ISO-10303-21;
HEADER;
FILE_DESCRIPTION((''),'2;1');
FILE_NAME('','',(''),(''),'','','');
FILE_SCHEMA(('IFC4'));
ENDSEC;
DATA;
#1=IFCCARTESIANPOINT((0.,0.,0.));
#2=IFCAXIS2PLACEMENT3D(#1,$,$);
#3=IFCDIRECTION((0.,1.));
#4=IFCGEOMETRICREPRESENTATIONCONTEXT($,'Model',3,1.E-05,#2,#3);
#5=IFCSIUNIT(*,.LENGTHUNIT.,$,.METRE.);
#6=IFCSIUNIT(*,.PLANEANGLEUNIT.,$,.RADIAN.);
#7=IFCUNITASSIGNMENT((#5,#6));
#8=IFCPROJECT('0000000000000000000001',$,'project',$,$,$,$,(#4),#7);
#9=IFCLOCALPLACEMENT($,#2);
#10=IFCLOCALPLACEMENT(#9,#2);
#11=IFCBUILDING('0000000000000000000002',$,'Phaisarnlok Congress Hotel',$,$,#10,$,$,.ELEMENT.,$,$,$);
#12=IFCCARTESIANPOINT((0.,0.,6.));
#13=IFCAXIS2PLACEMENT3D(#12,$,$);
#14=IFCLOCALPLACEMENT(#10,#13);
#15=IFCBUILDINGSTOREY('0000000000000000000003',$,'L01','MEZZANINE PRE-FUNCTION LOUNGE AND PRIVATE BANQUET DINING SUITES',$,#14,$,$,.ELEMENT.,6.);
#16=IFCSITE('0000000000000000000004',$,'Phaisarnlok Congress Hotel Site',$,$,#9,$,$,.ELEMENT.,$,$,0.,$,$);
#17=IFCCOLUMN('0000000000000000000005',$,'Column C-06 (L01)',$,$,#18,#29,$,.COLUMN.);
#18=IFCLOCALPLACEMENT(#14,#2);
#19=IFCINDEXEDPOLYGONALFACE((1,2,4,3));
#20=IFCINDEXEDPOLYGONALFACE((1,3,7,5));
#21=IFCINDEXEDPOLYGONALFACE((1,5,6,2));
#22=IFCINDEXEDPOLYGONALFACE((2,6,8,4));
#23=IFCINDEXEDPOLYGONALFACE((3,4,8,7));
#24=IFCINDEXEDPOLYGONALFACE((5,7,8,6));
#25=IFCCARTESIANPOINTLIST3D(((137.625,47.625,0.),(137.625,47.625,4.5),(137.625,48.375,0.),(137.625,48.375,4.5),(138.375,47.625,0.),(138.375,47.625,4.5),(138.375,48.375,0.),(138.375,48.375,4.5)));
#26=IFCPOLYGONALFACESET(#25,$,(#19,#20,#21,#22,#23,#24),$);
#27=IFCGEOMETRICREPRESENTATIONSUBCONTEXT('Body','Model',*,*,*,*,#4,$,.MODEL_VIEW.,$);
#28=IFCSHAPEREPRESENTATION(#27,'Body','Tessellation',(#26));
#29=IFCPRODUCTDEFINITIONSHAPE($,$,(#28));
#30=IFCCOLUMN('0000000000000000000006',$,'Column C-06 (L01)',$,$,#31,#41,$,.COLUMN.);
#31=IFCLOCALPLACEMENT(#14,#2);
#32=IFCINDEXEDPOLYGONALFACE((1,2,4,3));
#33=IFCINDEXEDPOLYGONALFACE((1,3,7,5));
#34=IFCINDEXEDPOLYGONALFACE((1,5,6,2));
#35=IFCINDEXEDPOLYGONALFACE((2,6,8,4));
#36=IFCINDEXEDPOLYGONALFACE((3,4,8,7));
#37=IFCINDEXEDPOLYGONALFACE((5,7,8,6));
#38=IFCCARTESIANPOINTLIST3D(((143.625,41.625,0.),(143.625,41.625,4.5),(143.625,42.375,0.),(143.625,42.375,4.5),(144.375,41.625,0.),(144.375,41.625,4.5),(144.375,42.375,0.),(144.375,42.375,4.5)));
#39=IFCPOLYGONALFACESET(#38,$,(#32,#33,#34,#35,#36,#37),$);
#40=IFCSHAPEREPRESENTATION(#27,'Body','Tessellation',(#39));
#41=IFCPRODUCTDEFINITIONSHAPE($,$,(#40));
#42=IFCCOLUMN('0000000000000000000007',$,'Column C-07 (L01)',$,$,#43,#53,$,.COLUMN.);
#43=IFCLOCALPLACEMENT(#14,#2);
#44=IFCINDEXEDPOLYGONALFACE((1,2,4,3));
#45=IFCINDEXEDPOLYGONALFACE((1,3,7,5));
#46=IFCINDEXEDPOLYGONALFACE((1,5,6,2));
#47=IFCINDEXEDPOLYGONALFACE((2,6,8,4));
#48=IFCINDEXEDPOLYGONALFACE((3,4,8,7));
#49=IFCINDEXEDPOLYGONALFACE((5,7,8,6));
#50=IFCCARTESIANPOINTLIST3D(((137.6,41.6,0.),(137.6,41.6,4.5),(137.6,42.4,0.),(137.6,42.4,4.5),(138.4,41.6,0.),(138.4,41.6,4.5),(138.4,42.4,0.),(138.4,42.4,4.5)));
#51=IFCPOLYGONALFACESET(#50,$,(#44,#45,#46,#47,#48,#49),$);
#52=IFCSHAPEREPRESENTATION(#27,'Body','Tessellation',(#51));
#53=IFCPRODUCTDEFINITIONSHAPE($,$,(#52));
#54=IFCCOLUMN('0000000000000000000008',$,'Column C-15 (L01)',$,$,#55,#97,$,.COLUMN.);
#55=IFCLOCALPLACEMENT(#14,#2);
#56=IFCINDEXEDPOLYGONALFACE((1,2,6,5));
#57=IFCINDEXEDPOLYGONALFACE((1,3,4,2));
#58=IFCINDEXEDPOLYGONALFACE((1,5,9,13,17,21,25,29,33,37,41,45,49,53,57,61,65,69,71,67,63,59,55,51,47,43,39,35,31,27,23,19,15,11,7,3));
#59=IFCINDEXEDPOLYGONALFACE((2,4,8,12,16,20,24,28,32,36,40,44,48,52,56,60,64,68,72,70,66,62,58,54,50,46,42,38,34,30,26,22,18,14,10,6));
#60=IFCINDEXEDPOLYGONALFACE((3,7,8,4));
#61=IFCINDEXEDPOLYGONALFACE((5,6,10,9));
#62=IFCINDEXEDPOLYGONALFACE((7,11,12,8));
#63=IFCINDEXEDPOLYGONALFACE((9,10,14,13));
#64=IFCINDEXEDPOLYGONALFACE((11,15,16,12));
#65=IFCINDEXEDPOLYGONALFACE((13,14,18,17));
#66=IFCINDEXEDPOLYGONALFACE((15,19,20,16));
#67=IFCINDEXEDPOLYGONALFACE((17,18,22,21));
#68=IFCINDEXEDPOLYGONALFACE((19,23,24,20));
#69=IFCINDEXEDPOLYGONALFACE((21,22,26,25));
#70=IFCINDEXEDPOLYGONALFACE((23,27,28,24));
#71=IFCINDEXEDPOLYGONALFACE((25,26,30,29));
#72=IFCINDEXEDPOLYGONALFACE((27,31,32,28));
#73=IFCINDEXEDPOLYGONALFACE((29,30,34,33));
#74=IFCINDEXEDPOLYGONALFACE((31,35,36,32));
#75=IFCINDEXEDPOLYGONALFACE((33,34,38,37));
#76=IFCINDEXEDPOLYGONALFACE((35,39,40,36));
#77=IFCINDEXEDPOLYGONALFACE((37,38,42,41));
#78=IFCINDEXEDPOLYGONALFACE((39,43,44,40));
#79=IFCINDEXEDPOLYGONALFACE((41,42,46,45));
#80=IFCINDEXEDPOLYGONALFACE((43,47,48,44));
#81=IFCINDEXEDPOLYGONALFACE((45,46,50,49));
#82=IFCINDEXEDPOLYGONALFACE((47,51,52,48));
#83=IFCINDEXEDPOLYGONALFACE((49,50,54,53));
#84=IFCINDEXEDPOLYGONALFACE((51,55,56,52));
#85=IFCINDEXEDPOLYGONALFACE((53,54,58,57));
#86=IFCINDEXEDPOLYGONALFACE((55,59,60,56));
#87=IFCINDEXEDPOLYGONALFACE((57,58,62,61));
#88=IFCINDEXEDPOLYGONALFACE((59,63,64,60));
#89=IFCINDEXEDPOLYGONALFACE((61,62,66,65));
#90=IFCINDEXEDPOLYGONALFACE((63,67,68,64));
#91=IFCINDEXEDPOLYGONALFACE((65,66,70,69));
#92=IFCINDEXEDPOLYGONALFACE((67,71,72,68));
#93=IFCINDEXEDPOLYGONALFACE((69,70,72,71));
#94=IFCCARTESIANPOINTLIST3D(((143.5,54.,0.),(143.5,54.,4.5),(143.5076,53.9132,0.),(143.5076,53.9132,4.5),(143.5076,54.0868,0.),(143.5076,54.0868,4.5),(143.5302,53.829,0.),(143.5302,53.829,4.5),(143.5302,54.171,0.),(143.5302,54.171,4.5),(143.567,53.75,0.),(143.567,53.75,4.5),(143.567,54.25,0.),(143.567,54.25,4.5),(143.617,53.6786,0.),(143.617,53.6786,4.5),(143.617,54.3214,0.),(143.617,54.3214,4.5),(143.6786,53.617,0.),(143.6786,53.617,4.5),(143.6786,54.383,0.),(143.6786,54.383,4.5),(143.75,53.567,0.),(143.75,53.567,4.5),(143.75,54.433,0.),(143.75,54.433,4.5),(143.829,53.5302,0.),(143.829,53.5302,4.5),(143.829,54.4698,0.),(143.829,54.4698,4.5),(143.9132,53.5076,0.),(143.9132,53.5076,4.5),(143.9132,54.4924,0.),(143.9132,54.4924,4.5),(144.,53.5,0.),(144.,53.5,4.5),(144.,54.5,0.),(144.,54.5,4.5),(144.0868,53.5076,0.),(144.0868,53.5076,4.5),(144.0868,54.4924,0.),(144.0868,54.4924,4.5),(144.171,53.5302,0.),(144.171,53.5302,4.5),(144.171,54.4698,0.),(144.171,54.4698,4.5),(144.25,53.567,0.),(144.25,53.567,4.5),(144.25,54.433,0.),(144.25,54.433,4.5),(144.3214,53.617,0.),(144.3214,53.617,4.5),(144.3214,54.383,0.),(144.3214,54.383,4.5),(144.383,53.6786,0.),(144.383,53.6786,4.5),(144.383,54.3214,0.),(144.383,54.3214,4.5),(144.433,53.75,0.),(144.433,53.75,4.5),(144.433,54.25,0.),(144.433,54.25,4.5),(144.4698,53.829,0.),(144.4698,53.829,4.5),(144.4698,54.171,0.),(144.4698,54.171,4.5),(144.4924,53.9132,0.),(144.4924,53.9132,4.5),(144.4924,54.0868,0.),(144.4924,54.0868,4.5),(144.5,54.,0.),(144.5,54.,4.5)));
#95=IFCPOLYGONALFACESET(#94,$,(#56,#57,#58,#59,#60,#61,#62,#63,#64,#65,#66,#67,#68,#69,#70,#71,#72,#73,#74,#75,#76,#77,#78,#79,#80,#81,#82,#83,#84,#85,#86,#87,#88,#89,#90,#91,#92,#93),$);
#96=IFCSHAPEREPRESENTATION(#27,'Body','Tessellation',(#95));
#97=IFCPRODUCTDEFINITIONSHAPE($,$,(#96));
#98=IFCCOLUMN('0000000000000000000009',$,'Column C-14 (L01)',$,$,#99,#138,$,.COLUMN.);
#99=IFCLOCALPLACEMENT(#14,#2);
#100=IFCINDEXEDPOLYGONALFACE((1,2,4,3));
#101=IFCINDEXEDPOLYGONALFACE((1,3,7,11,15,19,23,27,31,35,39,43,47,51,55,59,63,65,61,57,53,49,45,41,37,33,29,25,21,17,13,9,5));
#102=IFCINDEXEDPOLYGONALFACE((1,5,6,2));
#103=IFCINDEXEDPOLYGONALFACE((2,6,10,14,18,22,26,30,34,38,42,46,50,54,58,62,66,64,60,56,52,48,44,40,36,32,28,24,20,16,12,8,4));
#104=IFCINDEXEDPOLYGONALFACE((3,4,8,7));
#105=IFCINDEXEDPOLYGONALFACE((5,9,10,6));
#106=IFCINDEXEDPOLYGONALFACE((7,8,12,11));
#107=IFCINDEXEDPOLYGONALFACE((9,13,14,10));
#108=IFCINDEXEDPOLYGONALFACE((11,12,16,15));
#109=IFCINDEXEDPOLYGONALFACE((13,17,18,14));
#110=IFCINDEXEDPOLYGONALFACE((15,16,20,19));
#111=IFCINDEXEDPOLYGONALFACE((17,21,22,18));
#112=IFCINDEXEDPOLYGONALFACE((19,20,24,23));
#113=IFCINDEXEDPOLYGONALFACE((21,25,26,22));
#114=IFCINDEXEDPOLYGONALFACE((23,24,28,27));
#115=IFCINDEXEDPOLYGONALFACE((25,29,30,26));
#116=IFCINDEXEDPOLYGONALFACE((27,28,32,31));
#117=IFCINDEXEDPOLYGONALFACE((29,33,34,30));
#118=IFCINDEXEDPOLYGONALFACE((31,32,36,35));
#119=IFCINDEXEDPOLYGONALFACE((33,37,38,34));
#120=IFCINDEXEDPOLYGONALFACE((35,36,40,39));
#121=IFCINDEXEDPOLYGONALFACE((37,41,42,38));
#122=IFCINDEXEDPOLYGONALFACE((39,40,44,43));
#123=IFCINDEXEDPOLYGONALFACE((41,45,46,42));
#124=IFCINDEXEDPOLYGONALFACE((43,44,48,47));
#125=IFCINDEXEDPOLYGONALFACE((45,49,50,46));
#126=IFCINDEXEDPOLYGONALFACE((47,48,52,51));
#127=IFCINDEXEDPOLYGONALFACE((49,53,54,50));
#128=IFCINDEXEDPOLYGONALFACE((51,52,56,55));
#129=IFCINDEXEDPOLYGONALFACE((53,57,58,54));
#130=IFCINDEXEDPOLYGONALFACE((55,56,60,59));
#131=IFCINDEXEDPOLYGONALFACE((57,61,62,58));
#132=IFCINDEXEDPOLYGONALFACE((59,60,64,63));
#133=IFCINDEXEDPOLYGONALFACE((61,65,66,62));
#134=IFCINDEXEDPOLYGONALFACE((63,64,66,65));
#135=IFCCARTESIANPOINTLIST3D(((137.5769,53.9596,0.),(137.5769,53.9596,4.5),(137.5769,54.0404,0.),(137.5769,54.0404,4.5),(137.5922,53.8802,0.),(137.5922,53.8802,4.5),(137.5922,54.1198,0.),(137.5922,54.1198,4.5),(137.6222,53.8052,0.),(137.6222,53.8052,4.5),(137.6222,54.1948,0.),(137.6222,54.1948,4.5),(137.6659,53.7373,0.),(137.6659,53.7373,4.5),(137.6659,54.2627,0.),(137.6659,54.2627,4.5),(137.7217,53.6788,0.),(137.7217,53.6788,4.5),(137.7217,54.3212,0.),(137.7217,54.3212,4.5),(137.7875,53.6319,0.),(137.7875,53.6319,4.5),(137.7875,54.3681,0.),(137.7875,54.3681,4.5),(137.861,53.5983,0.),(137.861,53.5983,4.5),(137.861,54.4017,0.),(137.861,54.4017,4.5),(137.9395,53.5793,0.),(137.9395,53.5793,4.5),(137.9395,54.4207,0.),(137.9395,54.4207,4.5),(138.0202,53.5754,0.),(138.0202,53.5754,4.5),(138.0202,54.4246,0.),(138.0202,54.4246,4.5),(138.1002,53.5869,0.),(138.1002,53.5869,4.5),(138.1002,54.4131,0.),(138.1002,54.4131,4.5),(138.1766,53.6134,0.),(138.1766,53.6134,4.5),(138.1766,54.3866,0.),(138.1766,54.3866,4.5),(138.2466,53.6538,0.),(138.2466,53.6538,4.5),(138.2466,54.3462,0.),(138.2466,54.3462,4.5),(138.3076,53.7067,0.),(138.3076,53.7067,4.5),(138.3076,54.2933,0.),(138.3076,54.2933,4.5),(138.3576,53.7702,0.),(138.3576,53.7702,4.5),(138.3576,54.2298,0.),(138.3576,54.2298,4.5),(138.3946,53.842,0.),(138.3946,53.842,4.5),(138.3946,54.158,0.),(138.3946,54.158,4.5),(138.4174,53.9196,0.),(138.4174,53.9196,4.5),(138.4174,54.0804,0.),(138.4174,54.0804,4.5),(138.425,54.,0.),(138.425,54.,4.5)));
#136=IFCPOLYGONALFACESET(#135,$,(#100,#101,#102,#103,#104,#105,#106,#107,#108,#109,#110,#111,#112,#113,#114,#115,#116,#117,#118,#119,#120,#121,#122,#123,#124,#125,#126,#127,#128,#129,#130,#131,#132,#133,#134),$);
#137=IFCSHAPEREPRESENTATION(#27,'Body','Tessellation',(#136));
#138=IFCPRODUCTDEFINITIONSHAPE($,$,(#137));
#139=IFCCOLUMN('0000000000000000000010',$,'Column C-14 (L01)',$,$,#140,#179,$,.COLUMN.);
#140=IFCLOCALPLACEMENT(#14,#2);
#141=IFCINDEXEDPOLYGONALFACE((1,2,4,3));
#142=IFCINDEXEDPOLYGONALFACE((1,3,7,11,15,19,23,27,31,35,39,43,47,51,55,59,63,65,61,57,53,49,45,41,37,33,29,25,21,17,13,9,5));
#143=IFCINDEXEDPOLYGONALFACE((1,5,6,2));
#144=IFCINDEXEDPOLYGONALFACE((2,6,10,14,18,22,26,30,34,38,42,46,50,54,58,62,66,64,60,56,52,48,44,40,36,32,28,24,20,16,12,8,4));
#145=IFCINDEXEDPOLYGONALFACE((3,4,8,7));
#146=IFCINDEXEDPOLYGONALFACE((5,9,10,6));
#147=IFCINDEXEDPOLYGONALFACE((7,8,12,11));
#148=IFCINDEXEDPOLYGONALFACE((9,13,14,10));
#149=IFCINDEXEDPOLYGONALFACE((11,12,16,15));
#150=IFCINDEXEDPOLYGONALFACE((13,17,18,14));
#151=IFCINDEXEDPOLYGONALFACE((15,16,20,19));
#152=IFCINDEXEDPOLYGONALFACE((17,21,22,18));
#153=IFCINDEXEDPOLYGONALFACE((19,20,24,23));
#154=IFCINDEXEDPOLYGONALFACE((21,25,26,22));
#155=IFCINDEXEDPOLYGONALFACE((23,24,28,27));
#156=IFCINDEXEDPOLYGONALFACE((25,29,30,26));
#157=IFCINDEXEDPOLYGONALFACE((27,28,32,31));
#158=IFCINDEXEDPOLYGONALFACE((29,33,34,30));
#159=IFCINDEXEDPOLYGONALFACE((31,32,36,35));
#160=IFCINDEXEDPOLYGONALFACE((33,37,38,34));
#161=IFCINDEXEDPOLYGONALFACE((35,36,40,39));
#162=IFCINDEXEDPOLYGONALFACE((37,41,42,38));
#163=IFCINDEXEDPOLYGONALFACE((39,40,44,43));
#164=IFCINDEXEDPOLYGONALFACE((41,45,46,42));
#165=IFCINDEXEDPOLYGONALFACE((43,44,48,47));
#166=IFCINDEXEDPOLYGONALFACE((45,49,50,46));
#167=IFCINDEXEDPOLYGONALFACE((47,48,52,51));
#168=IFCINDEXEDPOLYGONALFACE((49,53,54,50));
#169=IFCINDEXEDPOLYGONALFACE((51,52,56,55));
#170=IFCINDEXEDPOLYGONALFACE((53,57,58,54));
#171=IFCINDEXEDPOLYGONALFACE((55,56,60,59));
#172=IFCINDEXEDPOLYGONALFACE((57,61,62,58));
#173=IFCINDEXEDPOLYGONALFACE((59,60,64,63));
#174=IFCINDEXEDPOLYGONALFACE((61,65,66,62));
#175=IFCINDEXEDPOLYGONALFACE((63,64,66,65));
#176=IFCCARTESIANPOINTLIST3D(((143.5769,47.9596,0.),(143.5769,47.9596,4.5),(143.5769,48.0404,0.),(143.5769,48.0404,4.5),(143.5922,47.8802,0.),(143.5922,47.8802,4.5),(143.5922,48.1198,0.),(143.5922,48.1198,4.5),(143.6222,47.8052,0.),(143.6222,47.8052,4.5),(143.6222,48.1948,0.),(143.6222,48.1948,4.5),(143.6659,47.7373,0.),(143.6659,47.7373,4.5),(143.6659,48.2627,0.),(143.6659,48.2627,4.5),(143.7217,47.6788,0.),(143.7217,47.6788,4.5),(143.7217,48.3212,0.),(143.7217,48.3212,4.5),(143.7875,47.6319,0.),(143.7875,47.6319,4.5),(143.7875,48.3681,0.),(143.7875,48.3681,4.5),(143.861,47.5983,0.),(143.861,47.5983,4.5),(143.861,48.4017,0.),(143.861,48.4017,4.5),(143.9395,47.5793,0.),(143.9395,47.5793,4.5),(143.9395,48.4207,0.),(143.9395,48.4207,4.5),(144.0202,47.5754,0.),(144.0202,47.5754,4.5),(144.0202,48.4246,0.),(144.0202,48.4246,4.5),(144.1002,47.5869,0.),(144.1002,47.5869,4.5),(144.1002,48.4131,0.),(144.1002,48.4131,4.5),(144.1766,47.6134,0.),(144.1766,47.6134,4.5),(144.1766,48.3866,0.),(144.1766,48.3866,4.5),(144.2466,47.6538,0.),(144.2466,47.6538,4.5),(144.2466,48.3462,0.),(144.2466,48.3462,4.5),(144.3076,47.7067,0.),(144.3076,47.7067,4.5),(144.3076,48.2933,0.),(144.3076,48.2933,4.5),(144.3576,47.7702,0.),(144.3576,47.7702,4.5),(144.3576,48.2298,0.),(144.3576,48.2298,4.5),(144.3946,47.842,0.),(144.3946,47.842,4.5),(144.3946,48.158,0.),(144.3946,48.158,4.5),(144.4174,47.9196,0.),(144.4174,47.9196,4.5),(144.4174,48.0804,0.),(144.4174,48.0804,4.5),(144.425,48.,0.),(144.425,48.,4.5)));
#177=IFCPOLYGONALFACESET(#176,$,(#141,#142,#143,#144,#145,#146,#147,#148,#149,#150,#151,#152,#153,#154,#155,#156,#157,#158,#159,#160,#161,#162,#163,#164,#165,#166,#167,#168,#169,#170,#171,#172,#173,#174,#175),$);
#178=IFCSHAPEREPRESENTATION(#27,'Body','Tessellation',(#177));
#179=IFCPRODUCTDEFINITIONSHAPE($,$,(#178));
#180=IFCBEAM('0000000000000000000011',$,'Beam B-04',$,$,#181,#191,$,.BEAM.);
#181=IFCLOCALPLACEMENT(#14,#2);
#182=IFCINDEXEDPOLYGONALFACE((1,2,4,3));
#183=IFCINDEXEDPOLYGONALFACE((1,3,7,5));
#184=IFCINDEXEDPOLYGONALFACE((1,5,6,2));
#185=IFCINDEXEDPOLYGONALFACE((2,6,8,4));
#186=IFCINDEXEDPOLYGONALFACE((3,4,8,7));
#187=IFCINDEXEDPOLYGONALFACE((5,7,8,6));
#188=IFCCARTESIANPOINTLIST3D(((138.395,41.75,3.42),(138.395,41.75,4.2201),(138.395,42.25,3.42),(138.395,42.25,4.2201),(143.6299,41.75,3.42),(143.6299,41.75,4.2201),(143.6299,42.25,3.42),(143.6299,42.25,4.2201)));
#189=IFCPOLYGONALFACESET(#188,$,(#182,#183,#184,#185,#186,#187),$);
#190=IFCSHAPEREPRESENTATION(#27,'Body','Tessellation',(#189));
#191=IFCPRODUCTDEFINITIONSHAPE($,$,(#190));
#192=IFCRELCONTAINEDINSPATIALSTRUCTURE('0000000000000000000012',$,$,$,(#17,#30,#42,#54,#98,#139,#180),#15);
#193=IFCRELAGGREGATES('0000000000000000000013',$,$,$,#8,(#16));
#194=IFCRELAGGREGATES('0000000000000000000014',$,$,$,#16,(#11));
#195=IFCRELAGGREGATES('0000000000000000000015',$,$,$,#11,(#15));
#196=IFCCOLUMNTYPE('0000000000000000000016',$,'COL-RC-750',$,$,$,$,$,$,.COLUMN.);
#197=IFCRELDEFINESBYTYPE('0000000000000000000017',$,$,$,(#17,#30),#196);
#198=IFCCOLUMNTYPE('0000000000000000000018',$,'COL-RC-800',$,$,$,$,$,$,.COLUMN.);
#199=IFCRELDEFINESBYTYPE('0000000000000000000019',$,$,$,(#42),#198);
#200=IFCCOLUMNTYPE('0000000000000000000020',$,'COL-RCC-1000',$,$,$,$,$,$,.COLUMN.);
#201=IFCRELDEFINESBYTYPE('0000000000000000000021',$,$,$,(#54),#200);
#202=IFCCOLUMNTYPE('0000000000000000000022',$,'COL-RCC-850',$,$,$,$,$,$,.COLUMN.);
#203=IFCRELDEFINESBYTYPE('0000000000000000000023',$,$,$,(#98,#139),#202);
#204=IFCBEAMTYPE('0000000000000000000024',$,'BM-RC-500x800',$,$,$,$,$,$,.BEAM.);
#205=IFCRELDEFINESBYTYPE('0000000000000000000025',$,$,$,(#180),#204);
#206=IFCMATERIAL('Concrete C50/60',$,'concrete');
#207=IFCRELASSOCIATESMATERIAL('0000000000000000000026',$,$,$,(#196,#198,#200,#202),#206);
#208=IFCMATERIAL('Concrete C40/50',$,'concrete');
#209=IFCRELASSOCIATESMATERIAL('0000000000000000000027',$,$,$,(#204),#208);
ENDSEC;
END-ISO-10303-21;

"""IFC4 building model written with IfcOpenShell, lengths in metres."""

from ifc_helpers import new_model, si_unit, direction, frame, origin, origin_2d, place, context, subcontext, project, spatial, rectangle, circle, extrude, material, material_profile, profile_set, type_object, element, save


model = new_model("IFC4")

# Units and contexts
model_context = context("Model", 3, precision=1e-05, world=origin(), true_north=direction((0.0, 1.0)))
body_context = subcontext(model_context, "Body", "Model", "MODEL_VIEW")
ifc_project = project(units=[si_unit("LENGTHUNIT", "METRE"), si_unit("PLANEANGLEUNIT", "RADIAN")], contexts=[model_context])

# Site, building, storey
site_placement = place(None, origin())
site = spatial("IfcSite", under=ifc_project, at=site_placement, Name="Phaisarnlok Congress Hotel Site", CompositionType="ELEMENT", RefElevation=0.0)
building_placement = place(site_placement, origin())
building = spatial("IfcBuilding", under=site, at=building_placement, Name="Phaisarnlok Congress Hotel", CompositionType="ELEMENT")
storey_placement = place(building_placement, frame((0.0, 0.0, 6.0)))
storey = spatial("IfcBuildingStorey", under=building, at=storey_placement, Name="L01", Description="MEZZANINE PRE-FUNCTION LOUNGE AND PRIVATE BANQUET DINING SUITES", CompositionType="ELEMENT", Elevation=6.0)

# Columns
ifc_material_1 = material(Name="Concrete C50/60", Category="concrete")
ifc_material_profile_1 = material_profile(ifc_material_1, rectangle(XDim=0.75, YDim=0.75, at=origin_2d()), Name="RC 750x750")
ifc_profile_set_1 = profile_set([ifc_material_profile_1], Name="Concrete C50/60")
column_type_1 = type_object("IfcColumnType", Name="COL-RC-750", PredefinedType="COLUMN", material=ifc_profile_set_1)
for number, where, z_axis, x_axis, name in (
    (1, (138.0, 48.0, 0.0), (0.0, 0.0, 1.0), (1.0, 0.0, 0.0), "Column C-06 (L01)"),
    (2, (144.0, 42.0, 0.0), (0.0, 0.0, 1.0), (1.0, 0.0, 0.0), "Column C-06 (L01)"),
):
    element("IfcColumn", number, at=place(storey_placement, frame(where, z_axis=z_axis, x_axis=x_axis)), inside=storey, type_object=column_type_1, Name=name, PredefinedType="COLUMN", context=body_context, shape_type="SweptSolid", body=[
        extrude(rectangle(XDim=0.75, YDim=0.75, at=origin_2d()), origin(), (0.0, 0.0, 1.0), 4.5),
    ])
ifc_material_profile_2 = material_profile(ifc_material_1, rectangle(XDim=0.8, YDim=0.8, at=origin_2d()), Name="RC 800x800")
ifc_profile_set_2 = profile_set([ifc_material_profile_2], Name="Concrete C50/60")
column_type_2 = type_object("IfcColumnType", Name="COL-RC-800", PredefinedType="COLUMN", material=ifc_profile_set_2)
column_1_placement = place(storey_placement, frame((138.0, 42.0, 0.0), z_axis=(0.0, 0.0, 1.0), x_axis=(1.0, 0.0, 0.0)))
element("IfcColumn", 3, at=column_1_placement, inside=storey, type_object=column_type_2, Name="Column C-07 (L01)", PredefinedType="COLUMN", context=body_context, shape_type="SweptSolid", body=[
    extrude(rectangle(XDim=0.8, YDim=0.8, at=origin_2d()), origin(), (0.0, 0.0, 1.0), 4.5),
])
ifc_material_profile_3 = material_profile(ifc_material_1, circle(Radius=0.5, at=origin_2d()), Name="RCC D1000")
ifc_profile_set_3 = profile_set([ifc_material_profile_3], Name="Concrete C50/60")
column_type_3 = type_object("IfcColumnType", Name="COL-RCC-1000", PredefinedType="COLUMN", material=ifc_profile_set_3)
column_2_placement = place(storey_placement, frame((144.0, 54.0, 0.0), z_axis=(0.0, 0.0, 1.0), x_axis=(1.0, 0.0, 0.0)))
element("IfcColumn", 4, at=column_2_placement, inside=storey, type_object=column_type_3, Name="Column C-15 (L01)", PredefinedType="COLUMN", context=body_context, shape_type="SweptSolid", body=[
    extrude(circle(Radius=0.5, at=origin_2d()), origin(), (0.0, 0.0, 1.0), 4.5),
])
ifc_material_profile_4 = material_profile(ifc_material_1, circle(Radius=0.425, at=origin_2d()), Name="RCC D850")
ifc_profile_set_4 = profile_set([ifc_material_profile_4], Name="Concrete C50/60")
column_type_4 = type_object("IfcColumnType", Name="COL-RCC-850", PredefinedType="COLUMN", material=ifc_profile_set_4)
for number, where, z_axis, x_axis, name in (
    (5, (138.0, 54.0, 0.0), (0.0, 0.0, 1.0), (1.0, 0.0, 0.0), "Column C-14 (L01)"),
    (6, (144.0, 48.0, 0.0), (0.0, 0.0, 1.0), (1.0, 0.0, 0.0), "Column C-14 (L01)"),
):
    element("IfcColumn", number, at=place(storey_placement, frame(where, z_axis=z_axis, x_axis=x_axis)), inside=storey, type_object=column_type_4, Name=name, PredefinedType="COLUMN", context=body_context, shape_type="SweptSolid", body=[
        extrude(circle(Radius=0.425, at=origin_2d()), origin(), (0.0, 0.0, 1.0), 4.5),
    ])

# Beam
ifc_material_2 = material(Name="Concrete C40/50", Category="concrete")
ifc_material_profile_5 = material_profile(ifc_material_2, rectangle(XDim=0.5, YDim=0.8, at=origin_2d()), Name="RC 500x800")
ifc_profile_set_5 = profile_set([ifc_material_profile_5], Name="Concrete C40/50")
beam_type_1 = type_object("IfcBeamType", Name="BM-RC-500x800", PredefinedType="BEAM", material=ifc_profile_set_5)
beam_1_placement = place(storey_placement, frame((138.395, 42.0, 3.8201), z_axis=(1.0, 0.0, 0.0), x_axis=(0.0, 1.0, 0.0)))
element("IfcBeam", 7, at=beam_1_placement, inside=storey, type_object=beam_type_1, Name="Beam B-04", PredefinedType="BEAM", context=body_context, shape_type="SweptSolid", body=[
    extrude(rectangle(XDim=0.5, YDim=0.8, at=origin_2d()), origin(), (0.0, 0.0, 1.0), 5.2349),
])

save(model, "model.ifc")
